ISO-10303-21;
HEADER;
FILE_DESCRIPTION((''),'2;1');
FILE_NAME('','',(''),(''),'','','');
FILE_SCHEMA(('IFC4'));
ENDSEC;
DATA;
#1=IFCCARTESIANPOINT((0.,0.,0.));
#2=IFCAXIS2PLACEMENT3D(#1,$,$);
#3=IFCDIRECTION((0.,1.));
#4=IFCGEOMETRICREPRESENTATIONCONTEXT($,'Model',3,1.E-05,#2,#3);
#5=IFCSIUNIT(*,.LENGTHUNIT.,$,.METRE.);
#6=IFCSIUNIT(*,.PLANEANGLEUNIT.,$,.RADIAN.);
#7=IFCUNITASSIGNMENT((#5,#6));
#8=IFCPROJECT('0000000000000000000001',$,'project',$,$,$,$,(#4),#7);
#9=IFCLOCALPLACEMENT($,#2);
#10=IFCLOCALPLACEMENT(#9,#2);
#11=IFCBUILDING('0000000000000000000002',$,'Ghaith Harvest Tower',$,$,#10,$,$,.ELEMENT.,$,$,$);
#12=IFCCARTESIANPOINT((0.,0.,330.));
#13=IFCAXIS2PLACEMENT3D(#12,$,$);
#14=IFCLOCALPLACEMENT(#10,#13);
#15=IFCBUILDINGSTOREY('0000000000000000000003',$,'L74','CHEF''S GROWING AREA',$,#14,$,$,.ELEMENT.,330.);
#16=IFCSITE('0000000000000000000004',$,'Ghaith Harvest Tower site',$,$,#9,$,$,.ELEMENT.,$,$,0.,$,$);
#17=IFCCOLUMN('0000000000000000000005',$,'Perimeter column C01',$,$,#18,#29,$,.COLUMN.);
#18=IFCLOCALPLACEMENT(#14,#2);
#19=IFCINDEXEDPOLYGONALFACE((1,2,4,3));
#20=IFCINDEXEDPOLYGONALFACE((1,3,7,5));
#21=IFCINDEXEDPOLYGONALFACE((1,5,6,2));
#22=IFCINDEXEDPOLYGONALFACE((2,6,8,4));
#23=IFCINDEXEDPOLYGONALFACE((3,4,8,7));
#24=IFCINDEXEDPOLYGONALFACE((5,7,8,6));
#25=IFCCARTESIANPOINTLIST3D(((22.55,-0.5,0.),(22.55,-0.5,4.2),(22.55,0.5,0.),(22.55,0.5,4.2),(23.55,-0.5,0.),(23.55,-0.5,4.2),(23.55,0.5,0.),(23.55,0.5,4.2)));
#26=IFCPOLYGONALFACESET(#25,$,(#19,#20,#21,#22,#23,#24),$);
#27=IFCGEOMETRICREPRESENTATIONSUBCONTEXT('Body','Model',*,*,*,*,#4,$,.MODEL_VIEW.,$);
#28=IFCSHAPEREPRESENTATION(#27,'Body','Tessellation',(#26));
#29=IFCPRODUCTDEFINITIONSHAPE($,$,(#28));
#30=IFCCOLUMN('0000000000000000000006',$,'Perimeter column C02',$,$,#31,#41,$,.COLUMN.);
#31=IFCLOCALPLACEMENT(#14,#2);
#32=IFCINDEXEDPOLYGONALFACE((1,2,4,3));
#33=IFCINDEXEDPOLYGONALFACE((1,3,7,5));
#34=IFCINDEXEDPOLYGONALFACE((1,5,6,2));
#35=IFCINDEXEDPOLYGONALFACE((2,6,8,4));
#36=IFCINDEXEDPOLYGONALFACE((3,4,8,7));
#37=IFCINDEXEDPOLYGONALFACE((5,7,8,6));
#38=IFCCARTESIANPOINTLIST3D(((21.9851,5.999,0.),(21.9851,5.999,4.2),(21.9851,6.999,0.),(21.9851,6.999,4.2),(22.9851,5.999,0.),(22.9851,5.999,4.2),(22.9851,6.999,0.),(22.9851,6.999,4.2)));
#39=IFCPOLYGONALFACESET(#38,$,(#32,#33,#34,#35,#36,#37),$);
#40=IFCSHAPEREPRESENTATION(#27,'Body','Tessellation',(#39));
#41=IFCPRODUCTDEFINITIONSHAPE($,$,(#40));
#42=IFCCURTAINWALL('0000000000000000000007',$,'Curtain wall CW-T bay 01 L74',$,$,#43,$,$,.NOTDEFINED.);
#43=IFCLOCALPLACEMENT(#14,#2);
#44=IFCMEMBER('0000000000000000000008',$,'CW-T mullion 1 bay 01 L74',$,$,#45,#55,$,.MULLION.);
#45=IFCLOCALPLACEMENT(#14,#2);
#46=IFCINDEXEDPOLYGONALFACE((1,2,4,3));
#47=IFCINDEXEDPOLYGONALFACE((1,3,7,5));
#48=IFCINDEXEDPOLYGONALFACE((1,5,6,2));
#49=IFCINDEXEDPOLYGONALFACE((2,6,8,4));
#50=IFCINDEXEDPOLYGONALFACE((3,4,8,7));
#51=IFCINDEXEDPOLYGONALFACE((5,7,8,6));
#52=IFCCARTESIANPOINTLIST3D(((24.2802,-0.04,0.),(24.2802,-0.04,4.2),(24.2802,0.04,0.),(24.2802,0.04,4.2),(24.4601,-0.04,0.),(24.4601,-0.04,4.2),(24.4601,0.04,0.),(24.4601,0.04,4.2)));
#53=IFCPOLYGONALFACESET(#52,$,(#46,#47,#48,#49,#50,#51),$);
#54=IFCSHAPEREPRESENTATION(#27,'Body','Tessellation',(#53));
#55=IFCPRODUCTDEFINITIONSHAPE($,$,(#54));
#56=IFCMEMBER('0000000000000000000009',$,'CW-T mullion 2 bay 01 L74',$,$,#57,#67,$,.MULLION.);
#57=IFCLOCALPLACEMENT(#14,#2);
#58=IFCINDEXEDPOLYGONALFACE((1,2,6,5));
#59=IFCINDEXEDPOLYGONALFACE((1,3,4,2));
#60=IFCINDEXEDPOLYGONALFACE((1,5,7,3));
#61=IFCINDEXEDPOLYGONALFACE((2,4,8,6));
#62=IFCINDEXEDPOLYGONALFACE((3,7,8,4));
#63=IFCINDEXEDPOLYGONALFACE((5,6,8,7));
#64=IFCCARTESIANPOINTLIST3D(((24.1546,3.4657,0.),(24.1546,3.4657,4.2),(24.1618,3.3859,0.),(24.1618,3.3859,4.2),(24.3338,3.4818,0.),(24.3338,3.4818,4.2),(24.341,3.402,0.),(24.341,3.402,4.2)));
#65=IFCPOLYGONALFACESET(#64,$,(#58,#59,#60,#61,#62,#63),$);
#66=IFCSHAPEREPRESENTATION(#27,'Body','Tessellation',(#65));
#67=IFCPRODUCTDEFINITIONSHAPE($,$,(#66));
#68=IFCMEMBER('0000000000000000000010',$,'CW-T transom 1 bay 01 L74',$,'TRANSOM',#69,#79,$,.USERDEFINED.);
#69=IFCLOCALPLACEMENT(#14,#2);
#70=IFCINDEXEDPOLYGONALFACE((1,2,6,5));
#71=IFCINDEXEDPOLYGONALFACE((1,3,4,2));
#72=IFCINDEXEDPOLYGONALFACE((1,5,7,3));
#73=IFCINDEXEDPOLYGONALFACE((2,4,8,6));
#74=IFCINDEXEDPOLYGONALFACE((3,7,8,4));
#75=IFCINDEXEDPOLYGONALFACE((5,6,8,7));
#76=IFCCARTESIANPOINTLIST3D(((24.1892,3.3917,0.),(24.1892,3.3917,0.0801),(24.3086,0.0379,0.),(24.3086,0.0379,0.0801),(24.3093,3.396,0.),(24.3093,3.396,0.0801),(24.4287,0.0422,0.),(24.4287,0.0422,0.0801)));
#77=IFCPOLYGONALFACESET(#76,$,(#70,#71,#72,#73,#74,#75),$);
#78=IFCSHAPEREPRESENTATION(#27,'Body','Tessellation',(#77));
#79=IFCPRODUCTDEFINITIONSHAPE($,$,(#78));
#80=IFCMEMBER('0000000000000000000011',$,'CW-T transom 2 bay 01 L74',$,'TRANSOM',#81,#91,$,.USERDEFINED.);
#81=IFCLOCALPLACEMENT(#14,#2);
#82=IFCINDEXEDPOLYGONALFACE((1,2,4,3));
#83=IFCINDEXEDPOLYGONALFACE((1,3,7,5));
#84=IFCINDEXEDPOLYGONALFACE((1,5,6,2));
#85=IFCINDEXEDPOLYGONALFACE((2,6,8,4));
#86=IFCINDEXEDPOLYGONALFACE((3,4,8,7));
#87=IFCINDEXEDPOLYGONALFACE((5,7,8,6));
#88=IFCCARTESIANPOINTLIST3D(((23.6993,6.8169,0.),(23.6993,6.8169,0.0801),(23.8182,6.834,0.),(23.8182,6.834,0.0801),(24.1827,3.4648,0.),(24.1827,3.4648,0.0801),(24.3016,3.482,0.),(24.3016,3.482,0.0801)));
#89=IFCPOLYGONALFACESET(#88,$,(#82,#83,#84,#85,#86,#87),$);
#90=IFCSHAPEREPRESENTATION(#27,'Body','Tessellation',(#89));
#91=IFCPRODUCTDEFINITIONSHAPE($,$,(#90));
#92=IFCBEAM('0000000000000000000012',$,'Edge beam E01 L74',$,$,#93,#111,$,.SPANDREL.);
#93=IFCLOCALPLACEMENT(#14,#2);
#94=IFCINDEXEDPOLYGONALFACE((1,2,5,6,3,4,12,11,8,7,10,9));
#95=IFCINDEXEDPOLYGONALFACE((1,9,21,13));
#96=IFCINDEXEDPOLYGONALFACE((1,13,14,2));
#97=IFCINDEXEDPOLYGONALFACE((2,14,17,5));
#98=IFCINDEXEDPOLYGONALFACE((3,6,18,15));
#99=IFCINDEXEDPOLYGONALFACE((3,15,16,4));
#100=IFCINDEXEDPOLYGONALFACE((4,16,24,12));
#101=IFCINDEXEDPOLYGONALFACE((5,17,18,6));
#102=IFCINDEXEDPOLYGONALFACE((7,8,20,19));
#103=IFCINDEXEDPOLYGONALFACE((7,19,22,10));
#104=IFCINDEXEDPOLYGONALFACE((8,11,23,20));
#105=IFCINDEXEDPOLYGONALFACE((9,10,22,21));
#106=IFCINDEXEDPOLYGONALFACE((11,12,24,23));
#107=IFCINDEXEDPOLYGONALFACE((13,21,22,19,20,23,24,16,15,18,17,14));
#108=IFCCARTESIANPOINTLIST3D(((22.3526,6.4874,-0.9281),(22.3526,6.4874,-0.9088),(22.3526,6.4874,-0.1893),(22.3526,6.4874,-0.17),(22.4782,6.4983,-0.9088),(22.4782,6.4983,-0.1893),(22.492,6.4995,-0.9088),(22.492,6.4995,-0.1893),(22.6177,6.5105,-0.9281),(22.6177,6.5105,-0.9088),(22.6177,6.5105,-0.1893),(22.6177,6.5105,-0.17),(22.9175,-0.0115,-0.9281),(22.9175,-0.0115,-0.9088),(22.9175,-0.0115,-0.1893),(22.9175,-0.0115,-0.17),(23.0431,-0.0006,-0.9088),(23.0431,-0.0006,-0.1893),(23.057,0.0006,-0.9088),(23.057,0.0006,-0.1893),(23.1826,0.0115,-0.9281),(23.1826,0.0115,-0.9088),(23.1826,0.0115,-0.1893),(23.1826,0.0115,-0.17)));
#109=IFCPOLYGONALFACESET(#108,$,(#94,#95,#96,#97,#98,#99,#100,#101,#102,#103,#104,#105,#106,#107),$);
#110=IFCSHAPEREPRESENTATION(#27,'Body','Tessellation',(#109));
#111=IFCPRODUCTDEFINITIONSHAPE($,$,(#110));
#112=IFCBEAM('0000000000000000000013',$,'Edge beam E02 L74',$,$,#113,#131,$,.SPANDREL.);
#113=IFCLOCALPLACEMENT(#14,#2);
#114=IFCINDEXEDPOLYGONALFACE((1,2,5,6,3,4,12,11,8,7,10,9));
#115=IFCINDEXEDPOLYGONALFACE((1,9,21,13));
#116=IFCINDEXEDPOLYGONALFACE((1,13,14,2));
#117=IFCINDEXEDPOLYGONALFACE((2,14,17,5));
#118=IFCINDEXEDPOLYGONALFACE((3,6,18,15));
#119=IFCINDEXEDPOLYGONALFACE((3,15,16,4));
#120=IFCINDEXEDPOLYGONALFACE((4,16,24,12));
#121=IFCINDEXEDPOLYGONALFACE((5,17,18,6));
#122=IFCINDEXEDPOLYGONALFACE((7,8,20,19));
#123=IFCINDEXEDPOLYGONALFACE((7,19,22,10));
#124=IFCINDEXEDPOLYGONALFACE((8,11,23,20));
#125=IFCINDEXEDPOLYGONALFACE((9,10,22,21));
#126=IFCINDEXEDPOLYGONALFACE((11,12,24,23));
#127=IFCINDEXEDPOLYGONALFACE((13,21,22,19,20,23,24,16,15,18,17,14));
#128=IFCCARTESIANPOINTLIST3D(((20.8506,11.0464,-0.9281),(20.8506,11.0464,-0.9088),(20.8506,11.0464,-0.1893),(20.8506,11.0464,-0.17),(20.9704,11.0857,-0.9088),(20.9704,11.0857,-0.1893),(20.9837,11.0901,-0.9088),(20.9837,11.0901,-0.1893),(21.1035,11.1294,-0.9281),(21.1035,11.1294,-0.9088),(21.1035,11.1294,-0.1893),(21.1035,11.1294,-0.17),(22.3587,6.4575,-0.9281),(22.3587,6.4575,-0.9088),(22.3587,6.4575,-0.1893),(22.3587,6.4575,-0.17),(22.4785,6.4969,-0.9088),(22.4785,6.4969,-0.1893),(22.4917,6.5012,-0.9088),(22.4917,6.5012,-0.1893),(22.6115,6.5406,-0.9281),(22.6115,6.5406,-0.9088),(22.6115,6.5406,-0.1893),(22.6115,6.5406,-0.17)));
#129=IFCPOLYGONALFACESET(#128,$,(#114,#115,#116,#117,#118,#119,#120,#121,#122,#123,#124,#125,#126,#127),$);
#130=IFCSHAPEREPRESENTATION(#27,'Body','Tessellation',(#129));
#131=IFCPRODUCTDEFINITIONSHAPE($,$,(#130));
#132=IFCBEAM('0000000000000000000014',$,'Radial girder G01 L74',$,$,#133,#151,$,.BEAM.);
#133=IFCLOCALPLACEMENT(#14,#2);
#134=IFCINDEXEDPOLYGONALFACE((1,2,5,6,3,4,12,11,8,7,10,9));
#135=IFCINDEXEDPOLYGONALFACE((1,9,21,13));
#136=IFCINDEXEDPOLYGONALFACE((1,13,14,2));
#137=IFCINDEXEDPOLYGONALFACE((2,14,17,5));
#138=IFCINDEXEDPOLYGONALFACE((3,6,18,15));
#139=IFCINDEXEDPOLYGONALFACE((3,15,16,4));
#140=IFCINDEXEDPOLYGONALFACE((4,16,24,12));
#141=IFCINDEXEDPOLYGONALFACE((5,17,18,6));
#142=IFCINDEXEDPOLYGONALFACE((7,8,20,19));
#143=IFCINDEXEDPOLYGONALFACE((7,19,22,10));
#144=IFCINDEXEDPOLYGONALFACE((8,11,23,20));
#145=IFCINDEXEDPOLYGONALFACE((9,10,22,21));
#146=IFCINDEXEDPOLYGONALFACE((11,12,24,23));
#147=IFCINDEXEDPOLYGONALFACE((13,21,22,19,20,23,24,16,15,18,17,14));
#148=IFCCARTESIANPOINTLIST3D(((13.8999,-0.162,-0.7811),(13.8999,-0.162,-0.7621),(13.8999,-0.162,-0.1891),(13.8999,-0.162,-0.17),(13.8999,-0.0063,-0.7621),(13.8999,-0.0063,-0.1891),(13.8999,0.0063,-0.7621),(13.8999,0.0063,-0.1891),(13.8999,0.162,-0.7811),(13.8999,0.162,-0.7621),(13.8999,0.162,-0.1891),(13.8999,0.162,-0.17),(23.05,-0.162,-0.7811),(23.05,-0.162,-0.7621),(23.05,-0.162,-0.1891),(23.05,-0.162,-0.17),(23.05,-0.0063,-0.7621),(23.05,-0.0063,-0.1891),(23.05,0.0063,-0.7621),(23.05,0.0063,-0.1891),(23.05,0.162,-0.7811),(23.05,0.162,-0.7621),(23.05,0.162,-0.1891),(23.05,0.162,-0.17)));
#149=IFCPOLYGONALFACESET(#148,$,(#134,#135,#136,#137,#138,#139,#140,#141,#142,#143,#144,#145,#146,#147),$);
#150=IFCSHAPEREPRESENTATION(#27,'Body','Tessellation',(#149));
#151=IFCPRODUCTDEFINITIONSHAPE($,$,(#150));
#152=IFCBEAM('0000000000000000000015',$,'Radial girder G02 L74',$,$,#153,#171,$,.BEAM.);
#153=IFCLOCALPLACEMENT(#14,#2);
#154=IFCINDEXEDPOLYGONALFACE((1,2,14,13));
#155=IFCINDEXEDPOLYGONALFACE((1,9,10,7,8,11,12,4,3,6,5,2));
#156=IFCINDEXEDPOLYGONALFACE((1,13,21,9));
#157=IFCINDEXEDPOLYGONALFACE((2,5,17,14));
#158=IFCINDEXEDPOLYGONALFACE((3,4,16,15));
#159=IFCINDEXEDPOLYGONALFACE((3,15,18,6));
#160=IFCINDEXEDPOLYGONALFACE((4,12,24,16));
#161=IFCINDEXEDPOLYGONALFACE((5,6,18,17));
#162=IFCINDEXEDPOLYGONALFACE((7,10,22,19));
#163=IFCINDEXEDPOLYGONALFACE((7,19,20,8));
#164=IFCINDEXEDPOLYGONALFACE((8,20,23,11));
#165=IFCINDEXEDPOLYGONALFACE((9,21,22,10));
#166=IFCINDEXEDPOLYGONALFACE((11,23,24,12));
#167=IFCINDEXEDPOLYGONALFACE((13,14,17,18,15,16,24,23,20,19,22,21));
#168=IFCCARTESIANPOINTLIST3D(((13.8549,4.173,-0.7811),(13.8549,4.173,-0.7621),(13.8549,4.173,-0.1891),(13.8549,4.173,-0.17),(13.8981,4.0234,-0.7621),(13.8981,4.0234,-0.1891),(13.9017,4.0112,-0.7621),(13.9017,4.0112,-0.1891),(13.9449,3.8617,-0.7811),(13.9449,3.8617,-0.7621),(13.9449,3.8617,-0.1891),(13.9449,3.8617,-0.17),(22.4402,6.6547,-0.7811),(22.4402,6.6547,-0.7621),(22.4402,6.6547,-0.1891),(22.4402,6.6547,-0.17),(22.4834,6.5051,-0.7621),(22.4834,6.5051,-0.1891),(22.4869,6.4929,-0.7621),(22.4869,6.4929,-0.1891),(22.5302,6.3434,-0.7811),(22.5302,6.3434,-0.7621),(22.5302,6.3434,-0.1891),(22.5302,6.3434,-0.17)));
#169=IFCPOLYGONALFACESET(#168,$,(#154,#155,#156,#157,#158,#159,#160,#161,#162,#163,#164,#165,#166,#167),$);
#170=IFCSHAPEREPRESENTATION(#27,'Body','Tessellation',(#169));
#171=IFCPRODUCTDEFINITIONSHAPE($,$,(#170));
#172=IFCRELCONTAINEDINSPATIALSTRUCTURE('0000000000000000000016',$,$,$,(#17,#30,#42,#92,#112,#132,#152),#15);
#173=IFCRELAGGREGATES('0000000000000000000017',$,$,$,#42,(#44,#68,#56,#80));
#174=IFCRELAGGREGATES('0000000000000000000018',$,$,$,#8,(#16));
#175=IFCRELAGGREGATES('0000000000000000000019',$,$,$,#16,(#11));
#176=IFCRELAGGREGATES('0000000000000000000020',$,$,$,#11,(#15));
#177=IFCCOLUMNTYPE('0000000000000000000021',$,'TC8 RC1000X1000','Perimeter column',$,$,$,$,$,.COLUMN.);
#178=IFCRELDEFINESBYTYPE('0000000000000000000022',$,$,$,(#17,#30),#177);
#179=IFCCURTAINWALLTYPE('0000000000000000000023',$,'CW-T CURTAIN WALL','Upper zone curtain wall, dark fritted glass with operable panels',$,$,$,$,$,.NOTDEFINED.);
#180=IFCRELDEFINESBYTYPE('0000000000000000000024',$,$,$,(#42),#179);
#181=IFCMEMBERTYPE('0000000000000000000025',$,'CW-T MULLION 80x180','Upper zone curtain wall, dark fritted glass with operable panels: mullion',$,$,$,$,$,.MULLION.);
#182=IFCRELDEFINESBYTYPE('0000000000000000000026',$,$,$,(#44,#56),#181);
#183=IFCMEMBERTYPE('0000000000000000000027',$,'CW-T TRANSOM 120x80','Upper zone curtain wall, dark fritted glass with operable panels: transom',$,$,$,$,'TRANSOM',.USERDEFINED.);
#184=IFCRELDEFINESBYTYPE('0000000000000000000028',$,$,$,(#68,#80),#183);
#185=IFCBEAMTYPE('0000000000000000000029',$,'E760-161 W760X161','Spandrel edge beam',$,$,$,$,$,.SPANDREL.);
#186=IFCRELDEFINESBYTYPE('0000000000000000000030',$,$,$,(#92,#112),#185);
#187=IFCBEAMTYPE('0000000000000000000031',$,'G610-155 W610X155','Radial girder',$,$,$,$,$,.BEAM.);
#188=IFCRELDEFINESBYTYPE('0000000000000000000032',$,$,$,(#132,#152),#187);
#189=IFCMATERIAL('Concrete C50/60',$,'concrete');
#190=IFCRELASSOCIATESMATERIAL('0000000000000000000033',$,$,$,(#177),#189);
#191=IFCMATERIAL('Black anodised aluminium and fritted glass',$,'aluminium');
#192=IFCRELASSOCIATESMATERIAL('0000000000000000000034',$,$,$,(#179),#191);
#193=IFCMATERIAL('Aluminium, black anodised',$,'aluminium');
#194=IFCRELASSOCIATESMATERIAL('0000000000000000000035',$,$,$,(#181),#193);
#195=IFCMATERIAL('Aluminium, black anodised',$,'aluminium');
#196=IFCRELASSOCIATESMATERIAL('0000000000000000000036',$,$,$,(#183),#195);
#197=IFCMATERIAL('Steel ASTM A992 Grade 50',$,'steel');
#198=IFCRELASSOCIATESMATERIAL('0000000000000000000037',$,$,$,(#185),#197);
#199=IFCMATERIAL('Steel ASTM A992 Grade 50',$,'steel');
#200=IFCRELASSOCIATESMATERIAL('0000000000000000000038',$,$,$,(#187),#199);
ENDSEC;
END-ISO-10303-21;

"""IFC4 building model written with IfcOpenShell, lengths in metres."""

from ifc_helpers import new_model, si_unit, direction, frame, origin, origin_2d, place, context, subcontext, project, spatial, rectangle, i_section, extrude, material, material_profile, profile_set, type_object, element, aggregate, save


model = new_model("IFC4")

# Units and contexts
model_context = context("Model", 3, precision=1e-05, world=origin(), true_north=direction((0.0, 1.0)))
body_context = subcontext(model_context, "Body", "Model", "MODEL_VIEW")
ifc_project = project(units=[si_unit("LENGTHUNIT", "METRE"), si_unit("PLANEANGLEUNIT", "RADIAN")], contexts=[model_context])

# Site, building, storey
site_placement = place(None, origin())
site = spatial("IfcSite", under=ifc_project, at=site_placement, Name="Ghaith Harvest Tower site", CompositionType="ELEMENT", RefElevation=0.0)
building_placement = place(site_placement, origin())
building = spatial("IfcBuilding", under=site, at=building_placement, Name="Ghaith Harvest Tower", CompositionType="ELEMENT")
storey_placement = place(building_placement, frame((0.0, 0.0, 330.0)))
storey = spatial("IfcBuildingStorey", under=building, at=storey_placement, Name="L74", Description="CHEF'S GROWING AREA", CompositionType="ELEMENT", Elevation=330.0)

# Columns
ifc_material_1 = material(Name="Concrete C50/60", Category="concrete")
ifc_material_profile_1 = material_profile(ifc_material_1, rectangle(XDim=1.0, YDim=1.0, at=origin_2d()), Name="RC1000X1000")
ifc_profile_set_1 = profile_set([ifc_material_profile_1], Name="Concrete C50/60")
column_type = type_object("IfcColumnType", Name="TC8 RC1000X1000", Description="Perimeter column", PredefinedType="COLUMN", material=ifc_profile_set_1)
for number, where, z_axis, x_axis, name in (
    (1, (23.05, 0.0, 0.0), (0.0, 0.0, 1.0), (1.0, 0.0, 0.0), "Perimeter column C01"),
    (2, (22.4851, 6.499, 0.0), (0.0, 0.0, 1.0), (1.0, 0.0, 0.0), "Perimeter column C02"),
):
    element("IfcColumn", number, at=place(storey_placement, frame(where, z_axis=z_axis, x_axis=x_axis)), inside=storey, type_object=column_type, Name=name, PredefinedType="COLUMN", context=body_context, shape_type="SweptSolid", body=[
        extrude(rectangle(XDim=1.0, YDim=1.0, at=origin_2d()), origin(), (0.0, 0.0, 1.0), 4.2),
    ])

# Curtain wall, members
ifc_material_2 = material(Name="Black anodised aluminium and fritted glass", Category="aluminium")
curtain_wall_type = type_object("IfcCurtainWallType", Name="CW-T CURTAIN WALL", Description="Upper zone curtain wall, dark fritted glass with operable panels", PredefinedType="NOTDEFINED", material=ifc_material_2)
curtain_wall_placement = place(storey_placement, origin())
curtain_wall = element("IfcCurtainWall", 3, at=curtain_wall_placement, inside=storey, type_object=curtain_wall_type, Name="Curtain wall CW-T bay 01 L74", PredefinedType="NOTDEFINED")
ifc_material_3 = material(Name="Aluminium, black anodised", Category="aluminium")
ifc_material_profile_2 = material_profile(ifc_material_3, rectangle(XDim=0.0801, YDim=0.1799, at=origin_2d()), Name="CW-T MULLION 80x180")
ifc_profile_set_2 = profile_set([ifc_material_profile_2], Name="Aluminium, black anodised")
member_type_1 = type_object("IfcMemberType", Name="CW-T MULLION 80x180", Description="Upper zone curtain wall, dark fritted glass with operable panels: mullion", PredefinedType="MULLION", material=ifc_profile_set_2)
member_1_placement = place(storey_placement, frame((24.3701, 0.0, 0.0), z_axis=(0.0, 0.0, 1.0), x_axis=(0.0, 1.0, 0.0)))
member_1 = element("IfcMember", 4, at=member_1_placement, type_object=member_type_1, Name="CW-T mullion 1 bay 01 L74", PredefinedType="MULLION", context=body_context, shape_type="SweptSolid", body=[
    extrude(rectangle(XDim=0.0801, YDim=0.1799, at=origin_2d()), origin(), (0.0, 0.0, 1.0), 4.2),
])
member_2_placement = place(storey_placement, frame((24.2478, 3.4338, 0.0), z_axis=(0.0, 0.0, 1.0), x_axis=(-0.089502, 0.995987, 0.0)))
member_2 = element("IfcMember", 5, at=member_2_placement, type_object=member_type_1, Name="CW-T mullion 2 bay 01 L74", PredefinedType="MULLION", context=body_context, shape_type="SweptSolid", body=[
    extrude(rectangle(XDim=0.0801, YDim=0.1799, at=origin_2d()), origin(), (0.0, 0.0, 1.0), 4.2),
])
ifc_material_4 = material(Name="Aluminium, black anodised", Category="aluminium")
ifc_material_profile_3 = material_profile(ifc_material_4, rectangle(XDim=0.1201, YDim=0.0801, at=origin_2d()), Name="CW-T TRANSOM 120x80")
ifc_profile_set_3 = profile_set([ifc_material_profile_3], Name="Aluminium, black anodised")
member_type_2 = type_object("IfcMemberType", Name="CW-T TRANSOM 120x80", Description="Upper zone curtain wall, dark fritted glass with operable panels: transom", ElementType="TRANSOM", PredefinedType="USERDEFINED", material=ifc_profile_set_3)
member_3_placement = place(storey_placement, frame((24.3687, 0.04, 0.04), z_axis=(-0.035575, 0.999367, 0.0), x_axis=(-0.999367, -0.035575, 0.0)))
member_3 = element("IfcMember", 6, at=member_3_placement, type_object=member_type_2, Name="CW-T transom 1 bay 01 L74", ObjectType="TRANSOM", PredefinedType="USERDEFINED", context=body_context, shape_type="SweptSolid", body=[
    extrude(rectangle(XDim=0.1201, YDim=0.0801, at=origin_2d()), origin(), (0.0, 0.0, 1.0), 3.356),
])
member_4_placement = place(storey_placement, frame((24.2422, 3.4734, 0.04), z_axis=(-0.142733, 0.989761, 0.0), x_axis=(-0.989761, -0.142733, 0.0)))
member_4 = element("IfcMember", 7, at=member_4_placement, type_object=member_type_2, Name="CW-T transom 2 bay 01 L74", ObjectType="TRANSOM", PredefinedType="USERDEFINED", context=body_context, shape_type="SweptSolid", body=[
    extrude(rectangle(XDim=0.1201, YDim=0.0801, at=origin_2d()), origin(), (0.0, 0.0, 1.0), 3.3867),
])

# Beams
ifc_material_5 = material(Name="Steel ASTM A992 Grade 50", Category="steel")
ifc_material_profile_4 = material_profile(ifc_material_5, i_section(OverallWidth=0.2661, OverallDepth=0.7581, WebThickness=0.0139, FlangeThickness=0.0193, at=origin_2d()), Name="W760X161")
ifc_profile_set_4 = profile_set([ifc_material_profile_4], Name="Steel ASTM A992 Grade 50")
beam_type_1 = type_object("IfcBeamType", Name="E760-161 W760X161", Description="Spandrel edge beam", PredefinedType="SPANDREL", material=ifc_profile_set_4)
beam_1_placement = place(storey_placement, frame((23.05, 0.0, -0.5491), z_axis=(-0.086601, 0.996243, 0.0), x_axis=(-0.996243, -0.086601, 0.0)))
element("IfcBeam", 8, at=beam_1_placement, inside=storey, type_object=beam_type_1, Name="Edge beam E01 L74", PredefinedType="SPANDREL", context=body_context, shape_type="SweptSolid", body=[
    extrude(i_section(OverallWidth=0.2661, OverallDepth=0.7581, WebThickness=0.0139, FlangeThickness=0.0193, at=origin_2d()), origin(), (0.0, 0.0, 1.0), 6.5234),
])
beam_2_placement = place(storey_placement, frame((22.4851, 6.499, -0.5491), z_axis=(-0.312207, 0.950014, 0.0), x_axis=(-0.950014, -0.312207, 0.0)))
element("IfcBeam", 9, at=beam_2_placement, inside=storey, type_object=beam_type_1, Name="Edge beam E02 L74", PredefinedType="SPANDREL", context=body_context, shape_type="SweptSolid", body=[
    extrude(i_section(OverallWidth=0.2661, OverallDepth=0.7581, WebThickness=0.0139, FlangeThickness=0.0193, at=origin_2d()), origin(), (0.0, 0.0, 1.0), 4.8303),
])
ifc_material_6 = material(Name="Steel ASTM A992 Grade 50", Category="steel")
ifc_material_profile_5 = material_profile(ifc_material_6, i_section(OverallWidth=0.324, OverallDepth=0.6111, WebThickness=0.0127, FlangeThickness=0.019, at=origin_2d()), Name="W610X155")
ifc_profile_set_5 = profile_set([ifc_material_profile_5], Name="Steel ASTM A992 Grade 50")
beam_type_2 = type_object("IfcBeamType", Name="G610-155 W610X155", Description="Radial girder", PredefinedType="BEAM", material=ifc_profile_set_5)
beam_3_placement = place(storey_placement, frame((13.8999, 0.0, -0.4756), z_axis=(1.0, 0.0, 0.0), x_axis=(0.0, 1.0, 0.0)))
element("IfcBeam", 10, at=beam_3_placement, inside=storey, type_object=beam_type_2, Name="Radial girder G01 L74", PredefinedType="BEAM", context=body_context, shape_type="SweptSolid", body=[
    extrude(i_section(OverallWidth=0.324, OverallDepth=0.6111, WebThickness=0.0127, FlangeThickness=0.019, at=origin_2d()), origin(), (0.0, 0.0, 1.0), 9.1501),
])
beam_4_placement = place(storey_placement, frame((13.8999, 4.0173, -0.4756), z_axis=(0.960669, 0.277697, 0.0), x_axis=(-0.277697, 0.960669, 0.0)))
element("IfcBeam", 11, at=beam_4_placement, inside=storey, type_object=beam_type_2, Name="Radial girder G02 L74", PredefinedType="BEAM", context=body_context, shape_type="SweptSolid", body=[
    extrude(i_section(OverallWidth=0.324, OverallDepth=0.6111, WebThickness=0.0127, FlangeThickness=0.019, at=origin_2d()), origin(), (0.0, 0.0, 1.0), 8.9368),
])

aggregate(curtain_wall, [member_1, member_3, member_2, member_4])

save(model, "model.ifc")
